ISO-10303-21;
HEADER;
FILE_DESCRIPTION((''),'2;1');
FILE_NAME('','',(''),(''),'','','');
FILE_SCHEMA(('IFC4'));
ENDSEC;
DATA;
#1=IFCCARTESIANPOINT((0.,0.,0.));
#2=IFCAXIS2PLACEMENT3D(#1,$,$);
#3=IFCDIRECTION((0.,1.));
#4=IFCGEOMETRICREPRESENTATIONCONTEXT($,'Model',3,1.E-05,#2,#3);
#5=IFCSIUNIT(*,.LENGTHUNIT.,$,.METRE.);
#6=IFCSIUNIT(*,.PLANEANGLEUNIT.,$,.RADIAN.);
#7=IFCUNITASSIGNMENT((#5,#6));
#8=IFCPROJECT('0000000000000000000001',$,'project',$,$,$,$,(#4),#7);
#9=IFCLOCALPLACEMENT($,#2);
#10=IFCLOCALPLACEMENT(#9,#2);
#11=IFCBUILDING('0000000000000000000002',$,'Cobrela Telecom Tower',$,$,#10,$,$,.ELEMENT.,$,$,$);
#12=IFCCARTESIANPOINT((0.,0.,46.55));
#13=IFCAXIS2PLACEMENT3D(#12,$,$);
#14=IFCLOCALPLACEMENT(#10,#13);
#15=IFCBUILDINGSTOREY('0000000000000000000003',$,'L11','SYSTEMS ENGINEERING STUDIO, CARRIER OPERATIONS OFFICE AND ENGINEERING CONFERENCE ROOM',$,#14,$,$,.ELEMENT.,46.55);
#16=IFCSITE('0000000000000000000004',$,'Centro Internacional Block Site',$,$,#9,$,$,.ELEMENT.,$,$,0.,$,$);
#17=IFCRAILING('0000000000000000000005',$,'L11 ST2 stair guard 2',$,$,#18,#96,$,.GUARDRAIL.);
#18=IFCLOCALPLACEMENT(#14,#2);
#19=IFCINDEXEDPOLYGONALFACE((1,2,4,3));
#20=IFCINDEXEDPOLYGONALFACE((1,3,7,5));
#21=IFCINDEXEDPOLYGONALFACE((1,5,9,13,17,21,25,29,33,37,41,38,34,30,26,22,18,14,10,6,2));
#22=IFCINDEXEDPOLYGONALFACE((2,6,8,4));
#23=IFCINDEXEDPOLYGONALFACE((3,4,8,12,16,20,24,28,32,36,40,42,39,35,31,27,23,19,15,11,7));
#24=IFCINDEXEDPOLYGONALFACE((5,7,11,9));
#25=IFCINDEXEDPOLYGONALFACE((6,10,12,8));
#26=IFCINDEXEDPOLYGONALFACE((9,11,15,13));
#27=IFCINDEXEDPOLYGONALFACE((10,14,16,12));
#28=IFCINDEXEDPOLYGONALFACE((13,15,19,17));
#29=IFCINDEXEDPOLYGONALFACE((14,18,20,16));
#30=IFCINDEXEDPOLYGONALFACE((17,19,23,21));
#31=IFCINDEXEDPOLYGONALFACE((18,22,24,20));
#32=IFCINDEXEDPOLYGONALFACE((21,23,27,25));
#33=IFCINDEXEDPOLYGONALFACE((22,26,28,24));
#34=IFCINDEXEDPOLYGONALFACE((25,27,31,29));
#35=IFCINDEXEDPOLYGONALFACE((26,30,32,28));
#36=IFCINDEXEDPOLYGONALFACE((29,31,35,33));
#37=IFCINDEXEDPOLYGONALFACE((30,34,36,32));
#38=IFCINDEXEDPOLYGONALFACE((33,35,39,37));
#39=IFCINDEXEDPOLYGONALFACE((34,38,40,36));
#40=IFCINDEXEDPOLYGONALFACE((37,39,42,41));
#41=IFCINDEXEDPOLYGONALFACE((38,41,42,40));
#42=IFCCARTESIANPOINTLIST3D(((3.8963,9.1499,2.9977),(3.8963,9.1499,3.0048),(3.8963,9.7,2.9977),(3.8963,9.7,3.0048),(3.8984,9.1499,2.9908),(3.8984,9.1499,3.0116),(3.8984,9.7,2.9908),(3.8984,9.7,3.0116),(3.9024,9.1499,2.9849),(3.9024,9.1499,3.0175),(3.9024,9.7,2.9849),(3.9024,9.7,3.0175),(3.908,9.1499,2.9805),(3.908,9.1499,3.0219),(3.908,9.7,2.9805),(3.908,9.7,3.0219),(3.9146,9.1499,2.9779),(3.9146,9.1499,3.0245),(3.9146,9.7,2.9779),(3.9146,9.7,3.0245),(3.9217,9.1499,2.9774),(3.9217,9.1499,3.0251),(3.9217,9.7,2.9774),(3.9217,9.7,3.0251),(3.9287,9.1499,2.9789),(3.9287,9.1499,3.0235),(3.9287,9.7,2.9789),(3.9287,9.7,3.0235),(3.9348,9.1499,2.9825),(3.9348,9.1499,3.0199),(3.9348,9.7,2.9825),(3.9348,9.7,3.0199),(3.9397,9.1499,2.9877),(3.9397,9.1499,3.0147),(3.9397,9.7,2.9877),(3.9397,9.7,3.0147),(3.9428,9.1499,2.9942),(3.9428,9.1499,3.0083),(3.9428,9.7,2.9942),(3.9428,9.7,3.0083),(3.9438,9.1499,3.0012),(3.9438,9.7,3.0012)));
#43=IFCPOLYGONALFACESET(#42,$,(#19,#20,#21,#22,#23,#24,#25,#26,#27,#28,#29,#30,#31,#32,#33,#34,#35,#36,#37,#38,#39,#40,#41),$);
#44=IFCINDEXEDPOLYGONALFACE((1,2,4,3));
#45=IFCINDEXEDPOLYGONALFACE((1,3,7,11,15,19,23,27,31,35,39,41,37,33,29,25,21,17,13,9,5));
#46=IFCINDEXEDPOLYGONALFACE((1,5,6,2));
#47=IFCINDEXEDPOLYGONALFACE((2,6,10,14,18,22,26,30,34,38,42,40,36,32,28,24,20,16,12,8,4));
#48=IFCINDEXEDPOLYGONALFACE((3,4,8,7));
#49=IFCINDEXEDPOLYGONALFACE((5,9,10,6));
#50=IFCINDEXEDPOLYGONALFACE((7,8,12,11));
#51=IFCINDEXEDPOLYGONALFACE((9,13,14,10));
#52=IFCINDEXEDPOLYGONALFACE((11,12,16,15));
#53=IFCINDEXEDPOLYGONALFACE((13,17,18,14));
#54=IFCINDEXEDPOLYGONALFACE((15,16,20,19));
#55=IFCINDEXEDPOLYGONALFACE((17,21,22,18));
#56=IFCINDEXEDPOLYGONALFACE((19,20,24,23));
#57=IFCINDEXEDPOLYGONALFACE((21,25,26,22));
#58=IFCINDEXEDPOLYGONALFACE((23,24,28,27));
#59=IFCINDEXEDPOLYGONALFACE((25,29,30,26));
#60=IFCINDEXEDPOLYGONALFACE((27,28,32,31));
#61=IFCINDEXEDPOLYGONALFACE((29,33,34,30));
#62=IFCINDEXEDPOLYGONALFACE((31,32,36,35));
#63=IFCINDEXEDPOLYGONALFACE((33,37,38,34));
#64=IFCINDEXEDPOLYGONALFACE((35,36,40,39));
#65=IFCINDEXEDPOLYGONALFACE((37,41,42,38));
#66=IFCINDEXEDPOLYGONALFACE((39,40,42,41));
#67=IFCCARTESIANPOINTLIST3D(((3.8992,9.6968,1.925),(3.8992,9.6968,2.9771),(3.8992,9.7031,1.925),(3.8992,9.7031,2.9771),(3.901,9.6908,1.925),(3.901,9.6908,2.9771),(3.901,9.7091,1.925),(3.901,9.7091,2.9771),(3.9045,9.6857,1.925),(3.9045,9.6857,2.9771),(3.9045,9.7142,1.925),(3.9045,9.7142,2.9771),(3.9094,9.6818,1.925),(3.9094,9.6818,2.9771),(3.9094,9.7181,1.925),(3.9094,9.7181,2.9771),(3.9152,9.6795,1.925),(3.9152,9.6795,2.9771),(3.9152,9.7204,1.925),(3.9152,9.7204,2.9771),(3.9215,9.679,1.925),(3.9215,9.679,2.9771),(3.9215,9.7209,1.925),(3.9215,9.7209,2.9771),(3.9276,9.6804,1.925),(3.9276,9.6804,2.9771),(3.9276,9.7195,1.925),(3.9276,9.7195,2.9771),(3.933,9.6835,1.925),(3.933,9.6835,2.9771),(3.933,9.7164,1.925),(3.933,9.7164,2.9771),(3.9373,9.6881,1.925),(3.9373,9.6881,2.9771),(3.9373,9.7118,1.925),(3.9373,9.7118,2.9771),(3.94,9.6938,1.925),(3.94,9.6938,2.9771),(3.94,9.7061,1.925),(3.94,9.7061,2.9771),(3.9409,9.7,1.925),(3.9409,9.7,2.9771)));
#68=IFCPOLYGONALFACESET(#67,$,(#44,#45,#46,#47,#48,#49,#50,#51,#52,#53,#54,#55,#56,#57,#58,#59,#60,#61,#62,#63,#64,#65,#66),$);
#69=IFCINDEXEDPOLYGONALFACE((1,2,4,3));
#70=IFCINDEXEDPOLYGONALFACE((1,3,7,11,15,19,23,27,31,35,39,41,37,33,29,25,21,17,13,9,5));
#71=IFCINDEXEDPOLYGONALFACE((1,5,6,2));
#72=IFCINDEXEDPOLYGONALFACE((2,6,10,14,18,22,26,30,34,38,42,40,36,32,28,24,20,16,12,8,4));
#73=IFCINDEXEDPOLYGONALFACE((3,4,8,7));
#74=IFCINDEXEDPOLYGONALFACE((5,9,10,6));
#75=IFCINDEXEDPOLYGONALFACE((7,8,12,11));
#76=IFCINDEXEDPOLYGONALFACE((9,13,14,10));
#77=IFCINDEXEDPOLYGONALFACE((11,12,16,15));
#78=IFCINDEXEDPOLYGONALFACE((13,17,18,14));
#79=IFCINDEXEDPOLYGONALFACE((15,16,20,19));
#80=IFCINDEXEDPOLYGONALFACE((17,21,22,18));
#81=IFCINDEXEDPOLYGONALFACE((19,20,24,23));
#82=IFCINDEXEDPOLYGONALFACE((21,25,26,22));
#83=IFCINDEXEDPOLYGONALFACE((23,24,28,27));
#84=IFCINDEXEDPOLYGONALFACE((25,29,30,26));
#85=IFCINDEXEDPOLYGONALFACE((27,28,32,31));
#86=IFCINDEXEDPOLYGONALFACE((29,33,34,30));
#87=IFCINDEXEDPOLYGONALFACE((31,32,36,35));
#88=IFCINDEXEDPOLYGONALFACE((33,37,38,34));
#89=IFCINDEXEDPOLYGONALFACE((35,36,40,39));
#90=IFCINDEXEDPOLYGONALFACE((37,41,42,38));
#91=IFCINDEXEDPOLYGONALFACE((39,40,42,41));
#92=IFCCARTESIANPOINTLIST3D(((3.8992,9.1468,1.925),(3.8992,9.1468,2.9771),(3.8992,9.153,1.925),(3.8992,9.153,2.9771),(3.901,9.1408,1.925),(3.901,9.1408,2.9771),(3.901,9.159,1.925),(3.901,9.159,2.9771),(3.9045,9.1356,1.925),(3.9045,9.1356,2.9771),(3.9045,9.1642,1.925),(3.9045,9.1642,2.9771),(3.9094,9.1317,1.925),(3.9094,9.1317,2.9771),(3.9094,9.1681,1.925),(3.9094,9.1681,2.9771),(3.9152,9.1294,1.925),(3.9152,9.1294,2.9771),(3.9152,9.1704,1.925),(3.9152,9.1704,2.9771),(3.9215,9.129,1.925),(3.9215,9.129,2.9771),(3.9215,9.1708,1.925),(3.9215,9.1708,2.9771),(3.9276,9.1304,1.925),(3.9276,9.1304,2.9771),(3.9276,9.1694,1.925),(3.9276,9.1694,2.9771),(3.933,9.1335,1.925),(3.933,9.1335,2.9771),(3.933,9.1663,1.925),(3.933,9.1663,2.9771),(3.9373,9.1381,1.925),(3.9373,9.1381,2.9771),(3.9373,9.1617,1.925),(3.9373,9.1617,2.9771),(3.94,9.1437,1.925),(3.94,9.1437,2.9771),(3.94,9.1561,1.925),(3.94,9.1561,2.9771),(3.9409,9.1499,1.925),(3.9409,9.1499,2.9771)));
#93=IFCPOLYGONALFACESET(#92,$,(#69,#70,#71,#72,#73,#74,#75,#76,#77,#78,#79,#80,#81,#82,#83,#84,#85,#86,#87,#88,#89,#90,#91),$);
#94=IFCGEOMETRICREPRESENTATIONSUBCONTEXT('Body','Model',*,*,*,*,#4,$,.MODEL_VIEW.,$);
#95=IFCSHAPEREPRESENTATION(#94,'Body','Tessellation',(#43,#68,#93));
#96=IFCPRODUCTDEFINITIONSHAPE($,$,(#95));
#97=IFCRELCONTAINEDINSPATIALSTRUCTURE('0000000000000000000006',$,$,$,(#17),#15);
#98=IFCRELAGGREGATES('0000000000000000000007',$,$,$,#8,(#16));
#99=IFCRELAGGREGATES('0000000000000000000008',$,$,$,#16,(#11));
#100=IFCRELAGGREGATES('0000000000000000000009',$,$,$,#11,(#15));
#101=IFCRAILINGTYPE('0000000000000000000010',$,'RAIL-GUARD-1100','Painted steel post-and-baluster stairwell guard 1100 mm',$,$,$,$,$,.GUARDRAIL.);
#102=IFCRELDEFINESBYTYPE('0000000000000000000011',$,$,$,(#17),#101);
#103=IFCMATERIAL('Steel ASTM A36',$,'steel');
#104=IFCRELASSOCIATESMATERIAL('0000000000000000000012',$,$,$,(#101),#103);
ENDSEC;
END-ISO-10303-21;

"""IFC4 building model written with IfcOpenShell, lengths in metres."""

from ifc_helpers import new_model, si_unit, direction, frame, origin, origin_2d, place, context, subcontext, project, spatial, circle, extrude, material, type_object, element, save


model = new_model("IFC4")

# Units and contexts
model_context = context("Model", 3, precision=1e-05, world=origin(), true_north=direction((0.0, 1.0)))
body_context = subcontext(model_context, "Body", "Model", "MODEL_VIEW")
ifc_project = project(units=[si_unit("LENGTHUNIT", "METRE"), si_unit("PLANEANGLEUNIT", "RADIAN")], contexts=[model_context])

# Site, building, storey
site_placement = place(None, origin())
site = spatial("IfcSite", under=ifc_project, at=site_placement, Name="Centro Internacional Block Site", CompositionType="ELEMENT", RefElevation=0.0)
building_placement = place(site_placement, origin())
building = spatial("IfcBuilding", under=site, at=building_placement, Name="Cobrela Telecom Tower", CompositionType="ELEMENT")
storey_placement = place(building_placement, frame((0.0, 0.0, 46.55)))
storey = spatial("IfcBuildingStorey", under=building, at=storey_placement, Name="L11", Description="SYSTEMS ENGINEERING STUDIO, CARRIER OPERATIONS OFFICE AND ENGINEERING CONFERENCE ROOM", CompositionType="ELEMENT", Elevation=46.55)

# Railing
ifc_material_1 = material(Name="Steel ASTM A36", Category="steel")
railing_type_1 = type_object("IfcRailingType", Name="RAIL-GUARD-1100", Description="Painted steel post-and-baluster stairwell guard 1100 mm", PredefinedType="GUARDRAIL", material=ifc_material_1)
railing_1_placement = place(storey_placement, frame((3.9199, 9.7, 1.925)))
element("IfcRailing", 1, at=railing_1_placement, inside=storey, type_object=railing_type_1, Name="L11 ST2 stair guard 2", PredefinedType="GUARDRAIL", context=body_context, shape_type="SweptSolid", body=[
    extrude(circle(Radius=0.0239, at=origin_2d()), frame((0.0, 0.0, 1.0762), z_axis=(0.0, -1.0, 0.0), x_axis=(1.0, 0.0, 0.0)), (0.0, 0.0, 1.0), 0.55),
    extrude(circle(Radius=0.021, at=origin_2d()), origin(), (0.0, 0.0, 1.0), 1.052),
    extrude(circle(Radius=0.021, at=origin_2d()), frame((0.0, -0.55, 0.0)), (0.0, 0.0, 1.0), 1.052),
])

save(model, "model.ifc")
